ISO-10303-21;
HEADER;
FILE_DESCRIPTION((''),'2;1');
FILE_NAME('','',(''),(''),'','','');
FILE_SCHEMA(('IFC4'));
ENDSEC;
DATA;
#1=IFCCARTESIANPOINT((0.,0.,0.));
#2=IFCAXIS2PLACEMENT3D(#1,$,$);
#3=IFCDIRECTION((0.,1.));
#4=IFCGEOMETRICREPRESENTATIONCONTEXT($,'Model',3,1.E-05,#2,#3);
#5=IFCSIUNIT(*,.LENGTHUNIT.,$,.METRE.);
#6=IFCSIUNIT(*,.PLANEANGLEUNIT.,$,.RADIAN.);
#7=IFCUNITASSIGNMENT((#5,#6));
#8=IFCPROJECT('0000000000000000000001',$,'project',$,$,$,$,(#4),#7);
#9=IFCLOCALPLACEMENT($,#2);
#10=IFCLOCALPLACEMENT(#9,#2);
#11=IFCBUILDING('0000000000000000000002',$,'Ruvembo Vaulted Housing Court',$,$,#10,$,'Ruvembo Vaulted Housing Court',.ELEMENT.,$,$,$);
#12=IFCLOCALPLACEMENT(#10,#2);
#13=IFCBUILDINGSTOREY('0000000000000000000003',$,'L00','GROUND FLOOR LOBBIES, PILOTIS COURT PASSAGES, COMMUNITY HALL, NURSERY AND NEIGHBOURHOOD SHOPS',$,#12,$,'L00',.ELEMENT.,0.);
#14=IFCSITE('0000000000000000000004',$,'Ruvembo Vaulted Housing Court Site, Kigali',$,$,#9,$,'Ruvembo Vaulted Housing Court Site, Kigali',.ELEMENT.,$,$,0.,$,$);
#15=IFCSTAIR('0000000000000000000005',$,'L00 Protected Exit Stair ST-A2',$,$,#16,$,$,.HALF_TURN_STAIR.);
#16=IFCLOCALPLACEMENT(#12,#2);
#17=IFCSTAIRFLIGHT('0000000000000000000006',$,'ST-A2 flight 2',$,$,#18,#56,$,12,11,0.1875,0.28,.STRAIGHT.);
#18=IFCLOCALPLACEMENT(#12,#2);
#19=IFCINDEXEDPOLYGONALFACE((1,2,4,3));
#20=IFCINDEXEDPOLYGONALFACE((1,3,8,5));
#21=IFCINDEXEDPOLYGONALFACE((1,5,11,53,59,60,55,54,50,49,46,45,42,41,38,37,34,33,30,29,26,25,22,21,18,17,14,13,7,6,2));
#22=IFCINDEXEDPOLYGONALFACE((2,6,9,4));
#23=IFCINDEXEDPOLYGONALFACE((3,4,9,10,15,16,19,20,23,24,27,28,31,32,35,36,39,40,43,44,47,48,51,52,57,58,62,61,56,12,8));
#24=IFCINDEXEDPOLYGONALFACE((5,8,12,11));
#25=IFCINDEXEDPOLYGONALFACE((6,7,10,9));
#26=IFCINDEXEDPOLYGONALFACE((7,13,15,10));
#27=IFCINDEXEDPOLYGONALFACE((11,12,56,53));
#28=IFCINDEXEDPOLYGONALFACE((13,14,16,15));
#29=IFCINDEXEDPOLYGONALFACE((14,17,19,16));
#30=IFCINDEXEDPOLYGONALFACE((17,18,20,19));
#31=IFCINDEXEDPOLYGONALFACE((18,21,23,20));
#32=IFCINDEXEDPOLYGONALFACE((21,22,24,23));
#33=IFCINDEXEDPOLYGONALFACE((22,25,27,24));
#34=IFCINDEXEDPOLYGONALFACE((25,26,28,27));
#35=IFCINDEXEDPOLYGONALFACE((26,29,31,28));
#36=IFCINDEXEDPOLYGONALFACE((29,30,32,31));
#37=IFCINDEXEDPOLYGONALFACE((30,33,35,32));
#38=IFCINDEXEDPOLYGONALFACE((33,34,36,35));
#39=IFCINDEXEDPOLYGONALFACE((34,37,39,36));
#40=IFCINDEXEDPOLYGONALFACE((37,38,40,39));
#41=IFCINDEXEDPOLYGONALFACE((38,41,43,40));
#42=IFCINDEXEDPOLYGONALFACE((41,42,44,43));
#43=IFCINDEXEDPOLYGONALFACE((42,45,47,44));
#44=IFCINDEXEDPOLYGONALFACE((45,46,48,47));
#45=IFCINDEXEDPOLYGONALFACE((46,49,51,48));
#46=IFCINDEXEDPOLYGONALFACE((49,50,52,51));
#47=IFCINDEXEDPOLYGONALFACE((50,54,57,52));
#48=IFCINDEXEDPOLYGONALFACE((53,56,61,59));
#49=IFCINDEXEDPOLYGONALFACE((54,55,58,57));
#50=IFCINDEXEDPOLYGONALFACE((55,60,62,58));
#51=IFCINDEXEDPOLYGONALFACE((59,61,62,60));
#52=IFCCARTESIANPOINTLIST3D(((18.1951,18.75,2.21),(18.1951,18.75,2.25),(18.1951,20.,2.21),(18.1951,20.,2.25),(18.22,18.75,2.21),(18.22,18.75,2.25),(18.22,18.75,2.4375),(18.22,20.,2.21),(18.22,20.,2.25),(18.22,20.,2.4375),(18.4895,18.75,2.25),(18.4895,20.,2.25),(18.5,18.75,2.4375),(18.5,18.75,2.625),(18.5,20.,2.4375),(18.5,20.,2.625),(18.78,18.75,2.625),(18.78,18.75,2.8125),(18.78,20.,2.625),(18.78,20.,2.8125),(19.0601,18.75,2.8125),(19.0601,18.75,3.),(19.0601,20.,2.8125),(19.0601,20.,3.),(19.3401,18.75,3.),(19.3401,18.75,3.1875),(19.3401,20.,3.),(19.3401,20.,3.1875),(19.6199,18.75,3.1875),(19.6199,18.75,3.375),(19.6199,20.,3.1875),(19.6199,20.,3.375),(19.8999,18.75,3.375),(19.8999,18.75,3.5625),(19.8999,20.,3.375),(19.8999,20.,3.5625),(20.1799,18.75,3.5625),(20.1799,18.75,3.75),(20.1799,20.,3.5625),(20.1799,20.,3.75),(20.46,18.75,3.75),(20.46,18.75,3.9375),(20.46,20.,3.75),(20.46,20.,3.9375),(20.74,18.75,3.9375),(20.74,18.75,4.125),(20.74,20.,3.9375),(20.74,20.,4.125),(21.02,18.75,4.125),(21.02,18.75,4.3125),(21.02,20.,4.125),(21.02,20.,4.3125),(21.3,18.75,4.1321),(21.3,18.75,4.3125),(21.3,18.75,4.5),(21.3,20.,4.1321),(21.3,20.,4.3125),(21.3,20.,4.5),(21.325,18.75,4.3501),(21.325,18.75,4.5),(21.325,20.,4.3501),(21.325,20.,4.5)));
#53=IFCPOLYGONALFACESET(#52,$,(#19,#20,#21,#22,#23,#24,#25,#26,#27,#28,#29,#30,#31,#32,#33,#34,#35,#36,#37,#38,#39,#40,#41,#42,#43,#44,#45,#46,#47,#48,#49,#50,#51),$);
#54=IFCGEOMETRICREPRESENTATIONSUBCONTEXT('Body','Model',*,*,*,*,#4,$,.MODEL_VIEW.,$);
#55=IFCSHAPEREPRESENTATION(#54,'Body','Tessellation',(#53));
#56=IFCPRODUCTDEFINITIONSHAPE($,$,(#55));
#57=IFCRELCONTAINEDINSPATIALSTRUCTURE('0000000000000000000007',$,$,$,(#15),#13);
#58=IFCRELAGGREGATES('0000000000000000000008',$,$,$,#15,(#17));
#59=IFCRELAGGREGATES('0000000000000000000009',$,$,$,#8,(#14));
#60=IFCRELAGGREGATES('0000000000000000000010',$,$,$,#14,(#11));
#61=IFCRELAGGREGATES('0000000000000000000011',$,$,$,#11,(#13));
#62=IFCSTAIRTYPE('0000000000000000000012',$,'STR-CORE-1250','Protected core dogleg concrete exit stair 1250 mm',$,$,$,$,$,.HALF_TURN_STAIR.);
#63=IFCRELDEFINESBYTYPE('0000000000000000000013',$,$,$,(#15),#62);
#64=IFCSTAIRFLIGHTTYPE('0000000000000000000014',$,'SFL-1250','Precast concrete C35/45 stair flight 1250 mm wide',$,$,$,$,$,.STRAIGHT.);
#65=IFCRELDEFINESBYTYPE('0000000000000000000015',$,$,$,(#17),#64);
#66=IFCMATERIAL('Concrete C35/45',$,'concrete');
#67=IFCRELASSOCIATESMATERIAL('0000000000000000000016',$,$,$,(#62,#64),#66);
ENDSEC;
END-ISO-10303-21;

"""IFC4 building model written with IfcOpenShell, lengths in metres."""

from ifc_helpers import new_model, si_unit, direction, frame, origin, place, context, subcontext, project, spatial, polyline, outline, extrude, material, type_object, element, aggregate, save


model = new_model("IFC4")

# Units and contexts
model_context = context("Model", 3, precision=1e-05, world=origin(), true_north=direction((0.0, 1.0)))
body_context = subcontext(model_context, "Body", "Model", "MODEL_VIEW")
ifc_project = project(units=[si_unit("LENGTHUNIT", "METRE"), si_unit("PLANEANGLEUNIT", "RADIAN")], contexts=[model_context])

# Site, building, storey
site_placement = place(None, origin())
site = spatial("IfcSite", under=ifc_project, at=site_placement, Name="Ruvembo Vaulted Housing Court Site, Kigali", LongName="Ruvembo Vaulted Housing Court Site, Kigali", CompositionType="ELEMENT", RefElevation=0.0)
building_placement = place(site_placement, origin())
building = spatial("IfcBuilding", under=site, at=building_placement, Name="Ruvembo Vaulted Housing Court", LongName="Ruvembo Vaulted Housing Court", CompositionType="ELEMENT")
storey_placement = place(building_placement, origin())
storey = spatial("IfcBuildingStorey", under=building, at=storey_placement, Name="L00", Description="GROUND FLOOR LOBBIES, PILOTIS COURT PASSAGES, COMMUNITY HALL, NURSERY AND NEIGHBOURHOOD SHOPS", LongName="L00", CompositionType="ELEMENT", Elevation=0.0)

# Shared definitions
ifc_material_1 = material(Name="Concrete C35/45", Category="concrete")

# Stair, stair flight
stair_type = type_object("IfcStairType", Name="STR-CORE-1250", Description="Protected core dogleg concrete exit stair 1250 mm", PredefinedType="HALF_TURN_STAIR", material=ifc_material_1)
stair_placement = place(storey_placement, origin())
stair = element("IfcStair", 1, at=stair_placement, inside=storey, type_object=stair_type, Name="L00 Protected Exit Stair ST-A2", PredefinedType="HALF_TURN_STAIR")
stair_flight_type = type_object("IfcStairFlightType", Name="SFL-1250", Description="Precast concrete C35/45 stair flight 1250 mm wide", PredefinedType="STRAIGHT", material=ifc_material_1)
stair_flight_1_placement = place(storey_placement, frame((18.22, 19.375, 2.25), z_axis=(0.0, 0.0, 1.0), x_axis=(1.0, 0.0, 0.0)))
stair_flight_1 = element("IfcStairFlight", 2, at=stair_flight_1_placement, type_object=stair_flight_type, Name="ST-A2 flight 2", NumberOfRisers=12, NumberOfTreads=11, PredefinedType="STRAIGHT", RiserHeight=0.1875, TreadLength=0.28, context=body_context, shape_type="SweptSolid", body=[
    extrude(outline(polyline([(-0.0249, -0.04), (-0.0249, 0.0), (0.0, 0.0), (0.0, 0.1875), (0.28, 0.1875), (0.28, 0.375), (0.5601, 0.375), (0.5601, 0.5625), (0.8401, 0.5625), (0.8401, 0.75), (1.1201, 0.75), (1.1201, 0.9375), (1.3999, 0.9375), (1.3999, 1.125), (1.6799, 1.125), (1.6799, 1.3125), (1.96, 1.3125), (1.96, 1.5), (2.24, 1.5), (2.24, 1.6875), (2.52, 1.6875), (2.52, 1.875), (2.8, 1.875), (2.8, 2.0625), (3.0801, 2.0625), (3.0801, 2.25), (3.105, 2.25), (3.105, 2.1001), (3.0801, 1.8821), (0.2695, 0.0), (0.0, -0.04), (-0.0249, -0.04)])), frame((0.0, 0.625, 0.0), z_axis=(0.0, -1.0, 0.0), x_axis=(1.0, 0.0, 0.0)), (0.0, 0.0, 1.0), 1.25),
])
aggregate(stair, [stair_flight_1])

save(model, "model.ifc")
